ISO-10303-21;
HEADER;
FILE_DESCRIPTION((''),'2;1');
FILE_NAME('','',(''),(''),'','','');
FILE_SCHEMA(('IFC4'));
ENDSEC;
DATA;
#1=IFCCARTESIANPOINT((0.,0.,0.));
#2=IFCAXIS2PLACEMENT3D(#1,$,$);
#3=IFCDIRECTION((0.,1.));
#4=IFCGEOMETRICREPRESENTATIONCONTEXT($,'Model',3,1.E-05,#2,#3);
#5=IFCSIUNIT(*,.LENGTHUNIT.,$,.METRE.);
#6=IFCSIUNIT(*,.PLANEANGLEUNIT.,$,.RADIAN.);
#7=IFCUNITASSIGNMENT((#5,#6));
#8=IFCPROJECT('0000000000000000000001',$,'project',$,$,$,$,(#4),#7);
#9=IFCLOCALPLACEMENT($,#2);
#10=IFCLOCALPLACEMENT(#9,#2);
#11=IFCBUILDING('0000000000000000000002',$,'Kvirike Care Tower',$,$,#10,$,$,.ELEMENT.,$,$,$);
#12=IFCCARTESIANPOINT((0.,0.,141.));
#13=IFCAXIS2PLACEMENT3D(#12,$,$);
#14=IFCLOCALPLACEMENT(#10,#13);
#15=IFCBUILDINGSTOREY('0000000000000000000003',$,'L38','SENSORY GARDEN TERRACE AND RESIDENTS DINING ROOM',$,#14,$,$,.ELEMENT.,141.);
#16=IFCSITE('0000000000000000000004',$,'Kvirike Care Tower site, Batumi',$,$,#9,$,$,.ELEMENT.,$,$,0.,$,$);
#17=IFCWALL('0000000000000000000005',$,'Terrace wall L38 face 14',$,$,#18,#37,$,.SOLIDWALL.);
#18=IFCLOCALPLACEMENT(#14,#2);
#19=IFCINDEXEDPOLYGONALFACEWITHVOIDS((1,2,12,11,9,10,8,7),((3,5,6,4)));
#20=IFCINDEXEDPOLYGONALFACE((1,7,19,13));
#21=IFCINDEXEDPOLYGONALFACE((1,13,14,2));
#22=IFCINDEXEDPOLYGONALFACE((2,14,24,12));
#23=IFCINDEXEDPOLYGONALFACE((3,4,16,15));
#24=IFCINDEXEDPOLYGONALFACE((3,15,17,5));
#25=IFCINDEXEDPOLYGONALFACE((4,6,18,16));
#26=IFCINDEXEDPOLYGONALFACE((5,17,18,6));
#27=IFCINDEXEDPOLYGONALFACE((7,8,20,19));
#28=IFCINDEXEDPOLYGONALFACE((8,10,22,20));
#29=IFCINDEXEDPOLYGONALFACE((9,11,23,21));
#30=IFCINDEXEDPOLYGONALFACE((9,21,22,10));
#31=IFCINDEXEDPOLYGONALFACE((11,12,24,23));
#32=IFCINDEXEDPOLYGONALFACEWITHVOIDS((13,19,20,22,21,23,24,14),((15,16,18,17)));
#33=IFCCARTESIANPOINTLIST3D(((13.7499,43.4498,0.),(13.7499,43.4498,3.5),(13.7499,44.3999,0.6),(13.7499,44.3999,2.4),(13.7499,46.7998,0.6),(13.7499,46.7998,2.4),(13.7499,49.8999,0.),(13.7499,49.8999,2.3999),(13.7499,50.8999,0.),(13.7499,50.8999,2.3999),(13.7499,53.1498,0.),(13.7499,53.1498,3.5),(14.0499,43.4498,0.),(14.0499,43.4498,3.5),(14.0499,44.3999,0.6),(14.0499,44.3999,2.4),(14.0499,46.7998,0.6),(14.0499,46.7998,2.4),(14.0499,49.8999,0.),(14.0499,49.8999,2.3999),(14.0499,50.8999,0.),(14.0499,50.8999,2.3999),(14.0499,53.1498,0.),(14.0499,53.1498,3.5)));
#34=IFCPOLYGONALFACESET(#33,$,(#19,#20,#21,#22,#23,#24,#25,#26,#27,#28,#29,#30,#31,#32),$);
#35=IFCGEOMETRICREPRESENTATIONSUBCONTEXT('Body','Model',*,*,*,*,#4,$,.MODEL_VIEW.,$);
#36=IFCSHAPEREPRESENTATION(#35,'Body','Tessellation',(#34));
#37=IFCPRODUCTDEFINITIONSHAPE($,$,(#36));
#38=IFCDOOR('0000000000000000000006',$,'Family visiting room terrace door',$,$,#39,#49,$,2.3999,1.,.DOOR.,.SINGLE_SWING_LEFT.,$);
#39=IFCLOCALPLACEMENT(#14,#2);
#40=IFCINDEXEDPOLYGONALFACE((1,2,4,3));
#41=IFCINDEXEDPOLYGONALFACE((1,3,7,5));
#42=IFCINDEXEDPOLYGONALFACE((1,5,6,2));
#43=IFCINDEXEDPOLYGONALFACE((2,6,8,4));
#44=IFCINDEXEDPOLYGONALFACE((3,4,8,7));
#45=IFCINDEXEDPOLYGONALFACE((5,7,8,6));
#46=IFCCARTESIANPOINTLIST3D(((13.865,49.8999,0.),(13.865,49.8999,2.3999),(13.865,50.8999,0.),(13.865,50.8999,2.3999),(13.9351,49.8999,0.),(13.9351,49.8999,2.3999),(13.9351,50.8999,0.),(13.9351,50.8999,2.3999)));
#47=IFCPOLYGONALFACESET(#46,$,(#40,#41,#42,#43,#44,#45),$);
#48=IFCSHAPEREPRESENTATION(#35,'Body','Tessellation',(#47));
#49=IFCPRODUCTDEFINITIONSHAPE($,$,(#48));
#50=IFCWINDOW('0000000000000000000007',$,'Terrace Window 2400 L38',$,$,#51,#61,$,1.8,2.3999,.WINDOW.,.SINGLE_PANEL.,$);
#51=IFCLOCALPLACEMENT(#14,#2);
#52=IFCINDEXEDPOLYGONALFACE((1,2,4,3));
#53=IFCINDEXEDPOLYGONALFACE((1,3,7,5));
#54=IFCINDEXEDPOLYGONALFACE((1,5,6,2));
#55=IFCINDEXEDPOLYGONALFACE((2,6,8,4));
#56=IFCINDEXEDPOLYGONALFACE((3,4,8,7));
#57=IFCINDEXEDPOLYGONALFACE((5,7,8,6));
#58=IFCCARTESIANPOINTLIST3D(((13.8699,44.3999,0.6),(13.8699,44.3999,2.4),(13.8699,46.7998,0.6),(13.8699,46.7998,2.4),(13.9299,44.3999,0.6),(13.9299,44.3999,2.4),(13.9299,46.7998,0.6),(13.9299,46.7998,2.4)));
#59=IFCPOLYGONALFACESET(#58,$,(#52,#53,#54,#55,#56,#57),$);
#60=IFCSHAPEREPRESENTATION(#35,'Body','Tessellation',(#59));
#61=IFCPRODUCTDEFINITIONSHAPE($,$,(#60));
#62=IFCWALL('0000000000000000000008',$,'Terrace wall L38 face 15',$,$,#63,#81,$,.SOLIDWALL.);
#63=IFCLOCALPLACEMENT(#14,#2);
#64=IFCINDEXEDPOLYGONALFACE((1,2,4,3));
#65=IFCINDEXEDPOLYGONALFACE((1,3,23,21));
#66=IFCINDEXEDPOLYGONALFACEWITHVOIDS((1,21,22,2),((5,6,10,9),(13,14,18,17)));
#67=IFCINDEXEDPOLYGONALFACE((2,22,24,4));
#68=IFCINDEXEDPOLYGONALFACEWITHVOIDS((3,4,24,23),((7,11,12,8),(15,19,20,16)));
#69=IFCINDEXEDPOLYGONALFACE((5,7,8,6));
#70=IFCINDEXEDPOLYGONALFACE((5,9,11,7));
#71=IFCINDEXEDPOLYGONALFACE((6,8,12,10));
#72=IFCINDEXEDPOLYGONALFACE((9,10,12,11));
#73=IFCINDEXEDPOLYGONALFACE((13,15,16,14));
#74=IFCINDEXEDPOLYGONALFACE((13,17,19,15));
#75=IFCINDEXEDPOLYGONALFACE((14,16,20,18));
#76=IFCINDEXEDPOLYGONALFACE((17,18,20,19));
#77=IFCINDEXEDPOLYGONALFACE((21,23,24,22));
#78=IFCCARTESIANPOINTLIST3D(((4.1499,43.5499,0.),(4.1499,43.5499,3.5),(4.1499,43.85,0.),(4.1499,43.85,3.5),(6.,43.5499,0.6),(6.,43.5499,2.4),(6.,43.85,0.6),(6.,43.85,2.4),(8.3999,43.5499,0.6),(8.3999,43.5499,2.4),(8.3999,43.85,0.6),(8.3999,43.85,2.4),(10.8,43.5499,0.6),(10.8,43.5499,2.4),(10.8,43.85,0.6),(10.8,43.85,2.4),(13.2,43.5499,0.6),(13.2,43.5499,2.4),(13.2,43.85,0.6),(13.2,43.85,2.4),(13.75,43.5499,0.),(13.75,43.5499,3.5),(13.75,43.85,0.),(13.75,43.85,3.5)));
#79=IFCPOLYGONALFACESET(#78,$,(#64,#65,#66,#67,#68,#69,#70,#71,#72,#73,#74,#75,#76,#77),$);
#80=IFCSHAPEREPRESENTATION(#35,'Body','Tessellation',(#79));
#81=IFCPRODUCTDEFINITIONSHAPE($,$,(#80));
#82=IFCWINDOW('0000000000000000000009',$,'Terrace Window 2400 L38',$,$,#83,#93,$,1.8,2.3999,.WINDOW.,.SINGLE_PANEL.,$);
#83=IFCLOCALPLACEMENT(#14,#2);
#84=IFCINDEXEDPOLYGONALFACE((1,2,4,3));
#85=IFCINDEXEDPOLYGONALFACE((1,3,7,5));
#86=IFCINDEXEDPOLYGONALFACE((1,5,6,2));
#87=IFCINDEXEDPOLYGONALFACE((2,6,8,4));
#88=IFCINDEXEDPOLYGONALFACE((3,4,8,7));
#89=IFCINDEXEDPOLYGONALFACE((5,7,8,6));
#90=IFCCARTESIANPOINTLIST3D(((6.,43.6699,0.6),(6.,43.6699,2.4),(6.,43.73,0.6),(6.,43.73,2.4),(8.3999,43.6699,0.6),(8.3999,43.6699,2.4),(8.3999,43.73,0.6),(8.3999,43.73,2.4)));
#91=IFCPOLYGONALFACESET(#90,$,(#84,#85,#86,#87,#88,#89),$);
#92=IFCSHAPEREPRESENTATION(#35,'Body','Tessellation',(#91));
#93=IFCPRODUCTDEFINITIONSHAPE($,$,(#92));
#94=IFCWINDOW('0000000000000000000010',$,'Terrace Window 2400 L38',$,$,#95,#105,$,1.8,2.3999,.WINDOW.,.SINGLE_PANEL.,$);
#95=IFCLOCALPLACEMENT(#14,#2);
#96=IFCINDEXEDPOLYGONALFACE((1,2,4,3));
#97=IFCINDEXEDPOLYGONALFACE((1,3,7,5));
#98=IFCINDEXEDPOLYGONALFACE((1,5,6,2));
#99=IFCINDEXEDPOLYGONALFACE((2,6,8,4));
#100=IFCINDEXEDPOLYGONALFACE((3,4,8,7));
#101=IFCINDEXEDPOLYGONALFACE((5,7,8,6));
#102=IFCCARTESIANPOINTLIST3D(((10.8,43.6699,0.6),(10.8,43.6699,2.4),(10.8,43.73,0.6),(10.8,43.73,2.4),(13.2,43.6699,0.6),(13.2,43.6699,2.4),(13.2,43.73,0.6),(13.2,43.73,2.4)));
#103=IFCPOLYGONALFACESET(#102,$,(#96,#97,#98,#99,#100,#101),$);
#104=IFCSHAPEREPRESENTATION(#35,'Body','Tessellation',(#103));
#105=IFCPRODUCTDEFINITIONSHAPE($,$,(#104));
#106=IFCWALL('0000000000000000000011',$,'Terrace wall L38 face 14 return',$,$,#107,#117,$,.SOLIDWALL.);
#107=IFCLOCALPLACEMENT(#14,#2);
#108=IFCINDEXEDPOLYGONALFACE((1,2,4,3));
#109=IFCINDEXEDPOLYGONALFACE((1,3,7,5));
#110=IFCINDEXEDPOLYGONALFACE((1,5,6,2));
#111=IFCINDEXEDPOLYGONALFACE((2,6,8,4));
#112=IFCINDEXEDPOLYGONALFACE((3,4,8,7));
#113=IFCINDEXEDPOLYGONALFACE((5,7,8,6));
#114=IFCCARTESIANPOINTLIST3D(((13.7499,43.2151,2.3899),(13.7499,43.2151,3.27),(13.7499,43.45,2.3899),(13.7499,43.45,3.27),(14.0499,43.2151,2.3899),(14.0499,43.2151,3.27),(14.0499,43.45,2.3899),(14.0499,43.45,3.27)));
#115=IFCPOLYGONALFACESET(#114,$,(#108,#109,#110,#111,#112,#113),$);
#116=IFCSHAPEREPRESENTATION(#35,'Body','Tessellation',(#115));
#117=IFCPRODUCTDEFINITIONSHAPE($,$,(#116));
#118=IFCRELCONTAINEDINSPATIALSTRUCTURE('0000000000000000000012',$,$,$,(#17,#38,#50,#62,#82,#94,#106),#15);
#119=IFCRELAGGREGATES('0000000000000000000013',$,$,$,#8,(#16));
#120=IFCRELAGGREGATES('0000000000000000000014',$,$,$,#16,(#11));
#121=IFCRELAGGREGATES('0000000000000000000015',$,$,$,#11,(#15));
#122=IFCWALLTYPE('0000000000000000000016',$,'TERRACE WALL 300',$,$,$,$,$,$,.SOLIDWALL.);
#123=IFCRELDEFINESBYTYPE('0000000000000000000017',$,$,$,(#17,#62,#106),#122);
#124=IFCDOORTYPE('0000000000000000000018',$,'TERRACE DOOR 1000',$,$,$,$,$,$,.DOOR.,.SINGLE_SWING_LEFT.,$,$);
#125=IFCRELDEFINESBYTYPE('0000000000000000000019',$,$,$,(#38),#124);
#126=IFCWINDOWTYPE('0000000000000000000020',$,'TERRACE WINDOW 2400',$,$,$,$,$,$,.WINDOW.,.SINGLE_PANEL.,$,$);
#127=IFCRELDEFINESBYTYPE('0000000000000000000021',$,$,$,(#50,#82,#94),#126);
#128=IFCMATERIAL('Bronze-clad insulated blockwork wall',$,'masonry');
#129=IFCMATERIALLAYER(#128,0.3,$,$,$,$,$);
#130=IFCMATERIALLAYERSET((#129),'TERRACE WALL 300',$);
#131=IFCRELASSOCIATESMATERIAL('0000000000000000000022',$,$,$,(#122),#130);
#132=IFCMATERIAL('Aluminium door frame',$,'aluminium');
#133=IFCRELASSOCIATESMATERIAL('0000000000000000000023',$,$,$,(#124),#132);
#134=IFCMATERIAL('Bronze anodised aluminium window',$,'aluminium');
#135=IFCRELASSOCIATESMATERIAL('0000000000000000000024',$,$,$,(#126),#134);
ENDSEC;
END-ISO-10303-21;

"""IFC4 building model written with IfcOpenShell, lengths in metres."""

from ifc_helpers import new_model, si_unit, direction, frame, frame_2d, origin, place, context, subcontext, project, spatial, rectangle, extrude, material, layer, layer_set, type_object, element, fill, save


model = new_model("IFC4")

# Units and contexts
model_context = context("Model", 3, precision=1e-05, world=origin(), true_north=direction((0.0, 1.0)))
body_context = subcontext(model_context, "Body", "Model", "MODEL_VIEW")
ifc_project = project(units=[si_unit("LENGTHUNIT", "METRE"), si_unit("PLANEANGLEUNIT", "RADIAN")], contexts=[model_context])

# Site, building, storey
site_placement = place(None, origin())
site = spatial("IfcSite", under=ifc_project, at=site_placement, Name="Kvirike Care Tower site, Batumi", CompositionType="ELEMENT", RefElevation=0.0)
building_placement = place(site_placement, origin())
building = spatial("IfcBuilding", under=site, at=building_placement, Name="Kvirike Care Tower", CompositionType="ELEMENT")
storey_placement = place(building_placement, frame((0.0, 0.0, 141.0)))
storey = spatial("IfcBuildingStorey", under=building, at=storey_placement, Name="L38", Description="SENSORY GARDEN TERRACE AND RESIDENTS DINING ROOM", CompositionType="ELEMENT", Elevation=141.0)

# Wall, openings, door, window
ifc_material_1 = material(Name="Bronze-clad insulated blockwork wall", Category="masonry")
ifc_layer_1 = layer(ifc_material_1, 0.3)
ifc_layer_set_1 = layer_set([ifc_layer_1], Name="TERRACE WALL 300")
wall_type_1 = type_object("IfcWallType", Name="TERRACE WALL 300", PredefinedType="SOLIDWALL", material=ifc_layer_set_1)
wall_1_placement = place(storey_placement, frame((13.8999, 53.1499, 0.0), z_axis=(0.0, 0.0, 1.0), x_axis=(0.0, -1.0, 0.0)))
wall_1 = element("IfcWall", 1, at=wall_1_placement, inside=storey, type_object=wall_type_1, Name="Terrace wall L38 face 14", PredefinedType="SOLIDWALL", context=body_context, shape_type="SweptSolid", body=[
    extrude(rectangle(XDim=9.7, YDim=0.3, at=frame_2d((4.8501, 0.0))), origin(), (0.0, 0.0, 1.0), 3.5),
])
opening_1_placement = place(wall_1_placement, frame((2.25, 0.0, 0.0)))
opening_1 = element("IfcOpeningElement", 2, at=opening_1_placement, cuts=wall_1, PredefinedType="OPENING", context=body_context, shape_type="SweptSolid", body=[
    extrude(rectangle(XDim=1.0, YDim=2.3999, at=frame_2d((0.5, 1.2))), frame((0.0, 0.1606, 0.0), z_axis=(0.0, -1.0, 0.0), x_axis=(1.0, 0.0, 0.0)), (0.0, 0.0, 1.0), 0.321),
])
opening_2_placement = place(wall_1_placement, frame((6.3501, 0.0, 0.6001)))
opening_2 = element("IfcOpeningElement", 3, at=opening_2_placement, cuts=wall_1, PredefinedType="OPENING", context=body_context, shape_type="SweptSolid", body=[
    extrude(rectangle(XDim=2.3999, YDim=1.8, at=frame_2d((1.2, 0.8999))), frame((0.0, 0.1606, 0.0), z_axis=(0.0, -1.0, 0.0), x_axis=(1.0, 0.0, 0.0)), (0.0, 0.0, 1.0), 0.321),
])
ifc_material_2 = material(Name="Aluminium door frame", Category="aluminium")
door_type_1 = type_object("IfcDoorType", Name="TERRACE DOOR 1000", OperationType="SINGLE_SWING_LEFT", PredefinedType="DOOR", material=ifc_material_2)
door_1_placement = place(opening_1_placement, origin())
door_1 = element("IfcDoor", 4, at=door_1_placement, inside=storey, type_object=door_type_1, Name="Family visiting room terrace door", OperationType="SINGLE_SWING_LEFT", OverallHeight=2.3999, OverallWidth=1.0, PredefinedType="DOOR", context=body_context, shape_type="SweptSolid", body=[
    extrude(rectangle(XDim=1.0, YDim=2.3999, at=frame_2d((0.5, 1.2))), frame((0.0, 0.0352, 0.0), z_axis=(0.0, -1.0, 0.0), x_axis=(1.0, 0.0, 0.0)), (0.0, 0.0, 1.0), 0.0701),
])
fill(opening_1, door_1)
ifc_material_3 = material(Name="Bronze anodised aluminium window", Category="aluminium")
window_type = type_object("IfcWindowType", Name="TERRACE WINDOW 2400", PartitioningType="SINGLE_PANEL", PredefinedType="WINDOW", material=ifc_material_3)
window_1_placement = place(opening_2_placement, origin())
window_1 = element("IfcWindow", 5, at=window_1_placement, inside=storey, type_object=window_type, Name="Terrace Window 2400 L38", OverallHeight=1.8, OverallWidth=2.3999, PartitioningType="SINGLE_PANEL", PredefinedType="WINDOW", context=body_context, shape_type="SweptSolid", body=[
    extrude(rectangle(XDim=2.3999, YDim=1.8, at=frame_2d((1.2, 0.8999))), frame((0.0, 0.03, 0.0), z_axis=(0.0, -1.0, 0.0), x_axis=(1.0, 0.0, 0.0)), (0.0, 0.0, 1.0), 0.0601),
])
fill(opening_2, window_1)

# Wall, openings, windows
wall_2_placement = place(storey_placement, frame((13.75, 43.7, 0.0), z_axis=(0.0, 0.0, 1.0), x_axis=(-1.0, 0.0, 0.0)))
wall_2 = element("IfcWall", 6, at=wall_2_placement, inside=storey, type_object=wall_type_1, Name="Terrace wall L38 face 15", PredefinedType="SOLIDWALL", context=body_context, shape_type="SweptSolid", body=[
    extrude(rectangle(XDim=9.6001, YDim=0.3, at=frame_2d((4.8, 0.0))), origin(), (0.0, 0.0, 1.0), 3.5),
])
opening_3_placement = place(wall_2_placement, frame((5.3501, 0.0, 0.6001)))
opening_3 = element("IfcOpeningElement", 7, at=opening_3_placement, cuts=wall_2, PredefinedType="OPENING", context=body_context, shape_type="SweptSolid", body=[
    extrude(rectangle(XDim=2.3999, YDim=1.8, at=frame_2d((1.2, 0.8999))), frame((0.0, 0.1606, 0.0), z_axis=(0.0, -1.0, 0.0), x_axis=(1.0, 0.0, 0.0)), (0.0, 0.0, 1.0), 0.321),
])
opening_4_placement = place(wall_2_placement, frame((0.55, 0.0, 0.6001)))
opening_4 = element("IfcOpeningElement", 8, at=opening_4_placement, cuts=wall_2, PredefinedType="OPENING", context=body_context, shape_type="SweptSolid", body=[
    extrude(rectangle(XDim=2.3999, YDim=1.8, at=frame_2d((1.2, 0.8999))), frame((0.0, 0.1606, 0.0), z_axis=(0.0, -1.0, 0.0), x_axis=(1.0, 0.0, 0.0)), (0.0, 0.0, 1.0), 0.321),
])
window_2_placement = place(opening_3_placement, origin())
window_2 = element("IfcWindow", 9, at=window_2_placement, inside=storey, type_object=window_type, Name="Terrace Window 2400 L38", OverallHeight=1.8, OverallWidth=2.3999, PartitioningType="SINGLE_PANEL", PredefinedType="WINDOW", context=body_context, shape_type="SweptSolid", body=[
    extrude(rectangle(XDim=2.3999, YDim=1.8, at=frame_2d((1.2, 0.8999))), frame((0.0, 0.03, 0.0), z_axis=(0.0, -1.0, 0.0), x_axis=(1.0, 0.0, 0.0)), (0.0, 0.0, 1.0), 0.0601),
])
fill(opening_3, window_2)
window_3_placement = place(opening_4_placement, origin())
window_3 = element("IfcWindow", 10, at=window_3_placement, inside=storey, type_object=window_type, Name="Terrace Window 2400 L38", OverallHeight=1.8, OverallWidth=2.3999, PartitioningType="SINGLE_PANEL", PredefinedType="WINDOW", context=body_context, shape_type="SweptSolid", body=[
    extrude(rectangle(XDim=2.3999, YDim=1.8, at=frame_2d((1.2, 0.8999))), frame((0.0, 0.03, 0.0), z_axis=(0.0, -1.0, 0.0), x_axis=(1.0, 0.0, 0.0)), (0.0, 0.0, 1.0), 0.0601),
])
fill(opening_4, window_3)

# Wall
wall_3_placement = place(storey_placement, frame((13.8999, 43.45, 2.3899), z_axis=(0.0, 0.0, 1.0), x_axis=(0.0, -1.0, 0.0)))
element("IfcWall", 11, at=wall_3_placement, inside=storey, type_object=wall_type_1, Name="Terrace wall L38 face 14 return", PredefinedType="SOLIDWALL", context=body_context, shape_type="SweptSolid", body=[
    extrude(rectangle(XDim=0.2349, YDim=0.3, at=frame_2d((0.1174, 0.0))), origin(), (0.0, 0.0, 1.0), 0.8801),
])

save(model, "model.ifc")
